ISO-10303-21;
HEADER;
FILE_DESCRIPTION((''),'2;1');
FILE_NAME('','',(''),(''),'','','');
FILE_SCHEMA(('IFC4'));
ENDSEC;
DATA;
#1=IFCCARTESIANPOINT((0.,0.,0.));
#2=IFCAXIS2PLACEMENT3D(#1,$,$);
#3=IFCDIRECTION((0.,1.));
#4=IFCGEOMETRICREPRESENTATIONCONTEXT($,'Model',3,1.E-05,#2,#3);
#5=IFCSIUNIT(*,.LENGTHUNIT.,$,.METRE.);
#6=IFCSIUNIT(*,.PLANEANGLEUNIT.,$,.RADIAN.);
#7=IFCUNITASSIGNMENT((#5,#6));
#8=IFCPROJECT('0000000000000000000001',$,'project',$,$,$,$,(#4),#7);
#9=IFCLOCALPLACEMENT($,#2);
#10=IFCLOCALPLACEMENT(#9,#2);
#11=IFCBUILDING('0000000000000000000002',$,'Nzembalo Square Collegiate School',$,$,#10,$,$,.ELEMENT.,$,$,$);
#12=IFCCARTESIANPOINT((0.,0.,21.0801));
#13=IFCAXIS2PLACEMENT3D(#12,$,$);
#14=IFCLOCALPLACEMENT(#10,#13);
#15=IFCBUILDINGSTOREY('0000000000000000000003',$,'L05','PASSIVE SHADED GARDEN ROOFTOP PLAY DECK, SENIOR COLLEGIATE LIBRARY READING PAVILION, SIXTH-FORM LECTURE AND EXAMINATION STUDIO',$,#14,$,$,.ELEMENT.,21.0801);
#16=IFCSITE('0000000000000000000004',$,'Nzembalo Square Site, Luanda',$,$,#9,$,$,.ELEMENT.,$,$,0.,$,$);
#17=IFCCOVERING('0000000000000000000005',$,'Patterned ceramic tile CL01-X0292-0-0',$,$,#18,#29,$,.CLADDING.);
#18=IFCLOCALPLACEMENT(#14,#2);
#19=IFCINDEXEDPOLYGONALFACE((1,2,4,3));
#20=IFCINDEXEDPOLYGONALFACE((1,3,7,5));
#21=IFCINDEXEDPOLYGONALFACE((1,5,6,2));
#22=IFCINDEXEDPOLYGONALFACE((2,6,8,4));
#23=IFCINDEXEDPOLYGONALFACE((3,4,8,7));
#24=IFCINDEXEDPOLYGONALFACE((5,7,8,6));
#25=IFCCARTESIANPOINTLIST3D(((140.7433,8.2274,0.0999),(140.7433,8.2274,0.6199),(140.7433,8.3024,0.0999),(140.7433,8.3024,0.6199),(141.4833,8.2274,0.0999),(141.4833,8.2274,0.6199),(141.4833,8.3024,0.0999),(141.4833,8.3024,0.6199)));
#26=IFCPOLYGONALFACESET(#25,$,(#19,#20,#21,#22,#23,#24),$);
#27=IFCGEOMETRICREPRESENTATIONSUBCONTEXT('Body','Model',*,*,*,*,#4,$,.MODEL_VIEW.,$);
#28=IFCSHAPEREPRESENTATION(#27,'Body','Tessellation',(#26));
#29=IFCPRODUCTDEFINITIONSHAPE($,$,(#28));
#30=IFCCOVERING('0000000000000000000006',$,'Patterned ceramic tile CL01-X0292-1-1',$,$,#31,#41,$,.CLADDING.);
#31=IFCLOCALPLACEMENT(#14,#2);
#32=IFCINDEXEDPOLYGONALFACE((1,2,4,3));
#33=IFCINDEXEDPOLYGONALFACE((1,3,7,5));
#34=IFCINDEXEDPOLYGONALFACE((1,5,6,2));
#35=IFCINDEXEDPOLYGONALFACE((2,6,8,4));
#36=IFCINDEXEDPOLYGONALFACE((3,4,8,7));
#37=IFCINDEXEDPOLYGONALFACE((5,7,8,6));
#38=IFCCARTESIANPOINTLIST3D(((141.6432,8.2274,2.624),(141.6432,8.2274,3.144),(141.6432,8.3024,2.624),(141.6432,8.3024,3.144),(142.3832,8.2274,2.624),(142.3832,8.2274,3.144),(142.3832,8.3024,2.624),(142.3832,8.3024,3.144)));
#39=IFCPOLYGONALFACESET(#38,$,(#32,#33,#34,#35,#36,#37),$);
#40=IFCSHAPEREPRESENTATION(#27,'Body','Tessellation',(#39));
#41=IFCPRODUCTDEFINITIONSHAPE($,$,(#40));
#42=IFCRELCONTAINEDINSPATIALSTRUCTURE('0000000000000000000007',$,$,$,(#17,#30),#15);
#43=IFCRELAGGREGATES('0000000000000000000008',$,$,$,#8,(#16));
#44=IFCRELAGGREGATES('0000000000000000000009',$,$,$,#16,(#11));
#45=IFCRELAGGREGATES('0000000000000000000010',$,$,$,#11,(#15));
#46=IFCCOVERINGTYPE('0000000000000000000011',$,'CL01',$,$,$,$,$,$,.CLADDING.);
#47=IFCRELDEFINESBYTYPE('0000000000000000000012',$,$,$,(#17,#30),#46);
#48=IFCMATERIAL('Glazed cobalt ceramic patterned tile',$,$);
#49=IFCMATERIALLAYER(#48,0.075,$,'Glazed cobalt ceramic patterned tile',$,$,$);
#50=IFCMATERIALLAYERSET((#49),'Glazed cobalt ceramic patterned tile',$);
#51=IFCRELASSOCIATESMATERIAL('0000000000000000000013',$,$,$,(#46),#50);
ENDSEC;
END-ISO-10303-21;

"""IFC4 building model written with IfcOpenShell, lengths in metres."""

from ifc_helpers import new_model, si_unit, direction, frame, origin, origin_2d, place, context, subcontext, project, spatial, rectangle, extrude, material, layer, layer_set, type_object, element, save


model = new_model("IFC4")

# Units and contexts
model_context = context("Model", 3, precision=1e-05, world=origin(), true_north=direction((0.0, 1.0)))
body_context = subcontext(model_context, "Body", "Model", "MODEL_VIEW")
ifc_project = project(units=[si_unit("LENGTHUNIT", "METRE"), si_unit("PLANEANGLEUNIT", "RADIAN")], contexts=[model_context])

# Site, building, storey
site_placement = place(None, origin())
site = spatial("IfcSite", under=ifc_project, at=site_placement, Name="Nzembalo Square Site, Luanda", CompositionType="ELEMENT", RefElevation=0.0)
building_placement = place(site_placement, origin())
building = spatial("IfcBuilding", under=site, at=building_placement, Name="Nzembalo Square Collegiate School", CompositionType="ELEMENT")
storey_placement = place(building_placement, frame((0.0, 0.0, 21.0801)))
storey = spatial("IfcBuildingStorey", under=building, at=storey_placement, Name="L05", Description="PASSIVE SHADED GARDEN ROOFTOP PLAY DECK, SENIOR COLLEGIATE LIBRARY READING PAVILION, SIXTH-FORM LECTURE AND EXAMINATION STUDIO", CompositionType="ELEMENT", Elevation=21.0801)

# Coverings
ifc_material_1 = material(Name="Glazed cobalt ceramic patterned tile")
ifc_layer_1 = layer(ifc_material_1, 0.075, Name="Glazed cobalt ceramic patterned tile")
ifc_layer_set_1 = layer_set([ifc_layer_1], Name="Glazed cobalt ceramic patterned tile")
covering_type = type_object("IfcCoveringType", Name="CL01", PredefinedType="CLADDING", material=ifc_layer_set_1)
for number, where, z_axis, x_axis, name in (
    (1, (141.1133, 8.2649, 0.0999), (0.0, 0.0, 1.0), (1.0, 0.0, 0.0), "Patterned ceramic tile CL01-X0292-0-0"),
    (2, (142.0132, 8.2649, 2.624), (0.0, 0.0, 1.0), (1.0, 0.0, 0.0), "Patterned ceramic tile CL01-X0292-1-1"),
):
    element("IfcCovering", number, at=place(storey_placement, frame(where, z_axis=z_axis, x_axis=x_axis)), inside=storey, type_object=covering_type, Name=name, PredefinedType="CLADDING", context=body_context, shape_type="SweptSolid", body=[
        extrude(rectangle(XDim=0.74, YDim=0.075, at=origin_2d()), origin(), (0.0, 0.0, 1.0), 0.52),
    ])

save(model, "model.ifc")
